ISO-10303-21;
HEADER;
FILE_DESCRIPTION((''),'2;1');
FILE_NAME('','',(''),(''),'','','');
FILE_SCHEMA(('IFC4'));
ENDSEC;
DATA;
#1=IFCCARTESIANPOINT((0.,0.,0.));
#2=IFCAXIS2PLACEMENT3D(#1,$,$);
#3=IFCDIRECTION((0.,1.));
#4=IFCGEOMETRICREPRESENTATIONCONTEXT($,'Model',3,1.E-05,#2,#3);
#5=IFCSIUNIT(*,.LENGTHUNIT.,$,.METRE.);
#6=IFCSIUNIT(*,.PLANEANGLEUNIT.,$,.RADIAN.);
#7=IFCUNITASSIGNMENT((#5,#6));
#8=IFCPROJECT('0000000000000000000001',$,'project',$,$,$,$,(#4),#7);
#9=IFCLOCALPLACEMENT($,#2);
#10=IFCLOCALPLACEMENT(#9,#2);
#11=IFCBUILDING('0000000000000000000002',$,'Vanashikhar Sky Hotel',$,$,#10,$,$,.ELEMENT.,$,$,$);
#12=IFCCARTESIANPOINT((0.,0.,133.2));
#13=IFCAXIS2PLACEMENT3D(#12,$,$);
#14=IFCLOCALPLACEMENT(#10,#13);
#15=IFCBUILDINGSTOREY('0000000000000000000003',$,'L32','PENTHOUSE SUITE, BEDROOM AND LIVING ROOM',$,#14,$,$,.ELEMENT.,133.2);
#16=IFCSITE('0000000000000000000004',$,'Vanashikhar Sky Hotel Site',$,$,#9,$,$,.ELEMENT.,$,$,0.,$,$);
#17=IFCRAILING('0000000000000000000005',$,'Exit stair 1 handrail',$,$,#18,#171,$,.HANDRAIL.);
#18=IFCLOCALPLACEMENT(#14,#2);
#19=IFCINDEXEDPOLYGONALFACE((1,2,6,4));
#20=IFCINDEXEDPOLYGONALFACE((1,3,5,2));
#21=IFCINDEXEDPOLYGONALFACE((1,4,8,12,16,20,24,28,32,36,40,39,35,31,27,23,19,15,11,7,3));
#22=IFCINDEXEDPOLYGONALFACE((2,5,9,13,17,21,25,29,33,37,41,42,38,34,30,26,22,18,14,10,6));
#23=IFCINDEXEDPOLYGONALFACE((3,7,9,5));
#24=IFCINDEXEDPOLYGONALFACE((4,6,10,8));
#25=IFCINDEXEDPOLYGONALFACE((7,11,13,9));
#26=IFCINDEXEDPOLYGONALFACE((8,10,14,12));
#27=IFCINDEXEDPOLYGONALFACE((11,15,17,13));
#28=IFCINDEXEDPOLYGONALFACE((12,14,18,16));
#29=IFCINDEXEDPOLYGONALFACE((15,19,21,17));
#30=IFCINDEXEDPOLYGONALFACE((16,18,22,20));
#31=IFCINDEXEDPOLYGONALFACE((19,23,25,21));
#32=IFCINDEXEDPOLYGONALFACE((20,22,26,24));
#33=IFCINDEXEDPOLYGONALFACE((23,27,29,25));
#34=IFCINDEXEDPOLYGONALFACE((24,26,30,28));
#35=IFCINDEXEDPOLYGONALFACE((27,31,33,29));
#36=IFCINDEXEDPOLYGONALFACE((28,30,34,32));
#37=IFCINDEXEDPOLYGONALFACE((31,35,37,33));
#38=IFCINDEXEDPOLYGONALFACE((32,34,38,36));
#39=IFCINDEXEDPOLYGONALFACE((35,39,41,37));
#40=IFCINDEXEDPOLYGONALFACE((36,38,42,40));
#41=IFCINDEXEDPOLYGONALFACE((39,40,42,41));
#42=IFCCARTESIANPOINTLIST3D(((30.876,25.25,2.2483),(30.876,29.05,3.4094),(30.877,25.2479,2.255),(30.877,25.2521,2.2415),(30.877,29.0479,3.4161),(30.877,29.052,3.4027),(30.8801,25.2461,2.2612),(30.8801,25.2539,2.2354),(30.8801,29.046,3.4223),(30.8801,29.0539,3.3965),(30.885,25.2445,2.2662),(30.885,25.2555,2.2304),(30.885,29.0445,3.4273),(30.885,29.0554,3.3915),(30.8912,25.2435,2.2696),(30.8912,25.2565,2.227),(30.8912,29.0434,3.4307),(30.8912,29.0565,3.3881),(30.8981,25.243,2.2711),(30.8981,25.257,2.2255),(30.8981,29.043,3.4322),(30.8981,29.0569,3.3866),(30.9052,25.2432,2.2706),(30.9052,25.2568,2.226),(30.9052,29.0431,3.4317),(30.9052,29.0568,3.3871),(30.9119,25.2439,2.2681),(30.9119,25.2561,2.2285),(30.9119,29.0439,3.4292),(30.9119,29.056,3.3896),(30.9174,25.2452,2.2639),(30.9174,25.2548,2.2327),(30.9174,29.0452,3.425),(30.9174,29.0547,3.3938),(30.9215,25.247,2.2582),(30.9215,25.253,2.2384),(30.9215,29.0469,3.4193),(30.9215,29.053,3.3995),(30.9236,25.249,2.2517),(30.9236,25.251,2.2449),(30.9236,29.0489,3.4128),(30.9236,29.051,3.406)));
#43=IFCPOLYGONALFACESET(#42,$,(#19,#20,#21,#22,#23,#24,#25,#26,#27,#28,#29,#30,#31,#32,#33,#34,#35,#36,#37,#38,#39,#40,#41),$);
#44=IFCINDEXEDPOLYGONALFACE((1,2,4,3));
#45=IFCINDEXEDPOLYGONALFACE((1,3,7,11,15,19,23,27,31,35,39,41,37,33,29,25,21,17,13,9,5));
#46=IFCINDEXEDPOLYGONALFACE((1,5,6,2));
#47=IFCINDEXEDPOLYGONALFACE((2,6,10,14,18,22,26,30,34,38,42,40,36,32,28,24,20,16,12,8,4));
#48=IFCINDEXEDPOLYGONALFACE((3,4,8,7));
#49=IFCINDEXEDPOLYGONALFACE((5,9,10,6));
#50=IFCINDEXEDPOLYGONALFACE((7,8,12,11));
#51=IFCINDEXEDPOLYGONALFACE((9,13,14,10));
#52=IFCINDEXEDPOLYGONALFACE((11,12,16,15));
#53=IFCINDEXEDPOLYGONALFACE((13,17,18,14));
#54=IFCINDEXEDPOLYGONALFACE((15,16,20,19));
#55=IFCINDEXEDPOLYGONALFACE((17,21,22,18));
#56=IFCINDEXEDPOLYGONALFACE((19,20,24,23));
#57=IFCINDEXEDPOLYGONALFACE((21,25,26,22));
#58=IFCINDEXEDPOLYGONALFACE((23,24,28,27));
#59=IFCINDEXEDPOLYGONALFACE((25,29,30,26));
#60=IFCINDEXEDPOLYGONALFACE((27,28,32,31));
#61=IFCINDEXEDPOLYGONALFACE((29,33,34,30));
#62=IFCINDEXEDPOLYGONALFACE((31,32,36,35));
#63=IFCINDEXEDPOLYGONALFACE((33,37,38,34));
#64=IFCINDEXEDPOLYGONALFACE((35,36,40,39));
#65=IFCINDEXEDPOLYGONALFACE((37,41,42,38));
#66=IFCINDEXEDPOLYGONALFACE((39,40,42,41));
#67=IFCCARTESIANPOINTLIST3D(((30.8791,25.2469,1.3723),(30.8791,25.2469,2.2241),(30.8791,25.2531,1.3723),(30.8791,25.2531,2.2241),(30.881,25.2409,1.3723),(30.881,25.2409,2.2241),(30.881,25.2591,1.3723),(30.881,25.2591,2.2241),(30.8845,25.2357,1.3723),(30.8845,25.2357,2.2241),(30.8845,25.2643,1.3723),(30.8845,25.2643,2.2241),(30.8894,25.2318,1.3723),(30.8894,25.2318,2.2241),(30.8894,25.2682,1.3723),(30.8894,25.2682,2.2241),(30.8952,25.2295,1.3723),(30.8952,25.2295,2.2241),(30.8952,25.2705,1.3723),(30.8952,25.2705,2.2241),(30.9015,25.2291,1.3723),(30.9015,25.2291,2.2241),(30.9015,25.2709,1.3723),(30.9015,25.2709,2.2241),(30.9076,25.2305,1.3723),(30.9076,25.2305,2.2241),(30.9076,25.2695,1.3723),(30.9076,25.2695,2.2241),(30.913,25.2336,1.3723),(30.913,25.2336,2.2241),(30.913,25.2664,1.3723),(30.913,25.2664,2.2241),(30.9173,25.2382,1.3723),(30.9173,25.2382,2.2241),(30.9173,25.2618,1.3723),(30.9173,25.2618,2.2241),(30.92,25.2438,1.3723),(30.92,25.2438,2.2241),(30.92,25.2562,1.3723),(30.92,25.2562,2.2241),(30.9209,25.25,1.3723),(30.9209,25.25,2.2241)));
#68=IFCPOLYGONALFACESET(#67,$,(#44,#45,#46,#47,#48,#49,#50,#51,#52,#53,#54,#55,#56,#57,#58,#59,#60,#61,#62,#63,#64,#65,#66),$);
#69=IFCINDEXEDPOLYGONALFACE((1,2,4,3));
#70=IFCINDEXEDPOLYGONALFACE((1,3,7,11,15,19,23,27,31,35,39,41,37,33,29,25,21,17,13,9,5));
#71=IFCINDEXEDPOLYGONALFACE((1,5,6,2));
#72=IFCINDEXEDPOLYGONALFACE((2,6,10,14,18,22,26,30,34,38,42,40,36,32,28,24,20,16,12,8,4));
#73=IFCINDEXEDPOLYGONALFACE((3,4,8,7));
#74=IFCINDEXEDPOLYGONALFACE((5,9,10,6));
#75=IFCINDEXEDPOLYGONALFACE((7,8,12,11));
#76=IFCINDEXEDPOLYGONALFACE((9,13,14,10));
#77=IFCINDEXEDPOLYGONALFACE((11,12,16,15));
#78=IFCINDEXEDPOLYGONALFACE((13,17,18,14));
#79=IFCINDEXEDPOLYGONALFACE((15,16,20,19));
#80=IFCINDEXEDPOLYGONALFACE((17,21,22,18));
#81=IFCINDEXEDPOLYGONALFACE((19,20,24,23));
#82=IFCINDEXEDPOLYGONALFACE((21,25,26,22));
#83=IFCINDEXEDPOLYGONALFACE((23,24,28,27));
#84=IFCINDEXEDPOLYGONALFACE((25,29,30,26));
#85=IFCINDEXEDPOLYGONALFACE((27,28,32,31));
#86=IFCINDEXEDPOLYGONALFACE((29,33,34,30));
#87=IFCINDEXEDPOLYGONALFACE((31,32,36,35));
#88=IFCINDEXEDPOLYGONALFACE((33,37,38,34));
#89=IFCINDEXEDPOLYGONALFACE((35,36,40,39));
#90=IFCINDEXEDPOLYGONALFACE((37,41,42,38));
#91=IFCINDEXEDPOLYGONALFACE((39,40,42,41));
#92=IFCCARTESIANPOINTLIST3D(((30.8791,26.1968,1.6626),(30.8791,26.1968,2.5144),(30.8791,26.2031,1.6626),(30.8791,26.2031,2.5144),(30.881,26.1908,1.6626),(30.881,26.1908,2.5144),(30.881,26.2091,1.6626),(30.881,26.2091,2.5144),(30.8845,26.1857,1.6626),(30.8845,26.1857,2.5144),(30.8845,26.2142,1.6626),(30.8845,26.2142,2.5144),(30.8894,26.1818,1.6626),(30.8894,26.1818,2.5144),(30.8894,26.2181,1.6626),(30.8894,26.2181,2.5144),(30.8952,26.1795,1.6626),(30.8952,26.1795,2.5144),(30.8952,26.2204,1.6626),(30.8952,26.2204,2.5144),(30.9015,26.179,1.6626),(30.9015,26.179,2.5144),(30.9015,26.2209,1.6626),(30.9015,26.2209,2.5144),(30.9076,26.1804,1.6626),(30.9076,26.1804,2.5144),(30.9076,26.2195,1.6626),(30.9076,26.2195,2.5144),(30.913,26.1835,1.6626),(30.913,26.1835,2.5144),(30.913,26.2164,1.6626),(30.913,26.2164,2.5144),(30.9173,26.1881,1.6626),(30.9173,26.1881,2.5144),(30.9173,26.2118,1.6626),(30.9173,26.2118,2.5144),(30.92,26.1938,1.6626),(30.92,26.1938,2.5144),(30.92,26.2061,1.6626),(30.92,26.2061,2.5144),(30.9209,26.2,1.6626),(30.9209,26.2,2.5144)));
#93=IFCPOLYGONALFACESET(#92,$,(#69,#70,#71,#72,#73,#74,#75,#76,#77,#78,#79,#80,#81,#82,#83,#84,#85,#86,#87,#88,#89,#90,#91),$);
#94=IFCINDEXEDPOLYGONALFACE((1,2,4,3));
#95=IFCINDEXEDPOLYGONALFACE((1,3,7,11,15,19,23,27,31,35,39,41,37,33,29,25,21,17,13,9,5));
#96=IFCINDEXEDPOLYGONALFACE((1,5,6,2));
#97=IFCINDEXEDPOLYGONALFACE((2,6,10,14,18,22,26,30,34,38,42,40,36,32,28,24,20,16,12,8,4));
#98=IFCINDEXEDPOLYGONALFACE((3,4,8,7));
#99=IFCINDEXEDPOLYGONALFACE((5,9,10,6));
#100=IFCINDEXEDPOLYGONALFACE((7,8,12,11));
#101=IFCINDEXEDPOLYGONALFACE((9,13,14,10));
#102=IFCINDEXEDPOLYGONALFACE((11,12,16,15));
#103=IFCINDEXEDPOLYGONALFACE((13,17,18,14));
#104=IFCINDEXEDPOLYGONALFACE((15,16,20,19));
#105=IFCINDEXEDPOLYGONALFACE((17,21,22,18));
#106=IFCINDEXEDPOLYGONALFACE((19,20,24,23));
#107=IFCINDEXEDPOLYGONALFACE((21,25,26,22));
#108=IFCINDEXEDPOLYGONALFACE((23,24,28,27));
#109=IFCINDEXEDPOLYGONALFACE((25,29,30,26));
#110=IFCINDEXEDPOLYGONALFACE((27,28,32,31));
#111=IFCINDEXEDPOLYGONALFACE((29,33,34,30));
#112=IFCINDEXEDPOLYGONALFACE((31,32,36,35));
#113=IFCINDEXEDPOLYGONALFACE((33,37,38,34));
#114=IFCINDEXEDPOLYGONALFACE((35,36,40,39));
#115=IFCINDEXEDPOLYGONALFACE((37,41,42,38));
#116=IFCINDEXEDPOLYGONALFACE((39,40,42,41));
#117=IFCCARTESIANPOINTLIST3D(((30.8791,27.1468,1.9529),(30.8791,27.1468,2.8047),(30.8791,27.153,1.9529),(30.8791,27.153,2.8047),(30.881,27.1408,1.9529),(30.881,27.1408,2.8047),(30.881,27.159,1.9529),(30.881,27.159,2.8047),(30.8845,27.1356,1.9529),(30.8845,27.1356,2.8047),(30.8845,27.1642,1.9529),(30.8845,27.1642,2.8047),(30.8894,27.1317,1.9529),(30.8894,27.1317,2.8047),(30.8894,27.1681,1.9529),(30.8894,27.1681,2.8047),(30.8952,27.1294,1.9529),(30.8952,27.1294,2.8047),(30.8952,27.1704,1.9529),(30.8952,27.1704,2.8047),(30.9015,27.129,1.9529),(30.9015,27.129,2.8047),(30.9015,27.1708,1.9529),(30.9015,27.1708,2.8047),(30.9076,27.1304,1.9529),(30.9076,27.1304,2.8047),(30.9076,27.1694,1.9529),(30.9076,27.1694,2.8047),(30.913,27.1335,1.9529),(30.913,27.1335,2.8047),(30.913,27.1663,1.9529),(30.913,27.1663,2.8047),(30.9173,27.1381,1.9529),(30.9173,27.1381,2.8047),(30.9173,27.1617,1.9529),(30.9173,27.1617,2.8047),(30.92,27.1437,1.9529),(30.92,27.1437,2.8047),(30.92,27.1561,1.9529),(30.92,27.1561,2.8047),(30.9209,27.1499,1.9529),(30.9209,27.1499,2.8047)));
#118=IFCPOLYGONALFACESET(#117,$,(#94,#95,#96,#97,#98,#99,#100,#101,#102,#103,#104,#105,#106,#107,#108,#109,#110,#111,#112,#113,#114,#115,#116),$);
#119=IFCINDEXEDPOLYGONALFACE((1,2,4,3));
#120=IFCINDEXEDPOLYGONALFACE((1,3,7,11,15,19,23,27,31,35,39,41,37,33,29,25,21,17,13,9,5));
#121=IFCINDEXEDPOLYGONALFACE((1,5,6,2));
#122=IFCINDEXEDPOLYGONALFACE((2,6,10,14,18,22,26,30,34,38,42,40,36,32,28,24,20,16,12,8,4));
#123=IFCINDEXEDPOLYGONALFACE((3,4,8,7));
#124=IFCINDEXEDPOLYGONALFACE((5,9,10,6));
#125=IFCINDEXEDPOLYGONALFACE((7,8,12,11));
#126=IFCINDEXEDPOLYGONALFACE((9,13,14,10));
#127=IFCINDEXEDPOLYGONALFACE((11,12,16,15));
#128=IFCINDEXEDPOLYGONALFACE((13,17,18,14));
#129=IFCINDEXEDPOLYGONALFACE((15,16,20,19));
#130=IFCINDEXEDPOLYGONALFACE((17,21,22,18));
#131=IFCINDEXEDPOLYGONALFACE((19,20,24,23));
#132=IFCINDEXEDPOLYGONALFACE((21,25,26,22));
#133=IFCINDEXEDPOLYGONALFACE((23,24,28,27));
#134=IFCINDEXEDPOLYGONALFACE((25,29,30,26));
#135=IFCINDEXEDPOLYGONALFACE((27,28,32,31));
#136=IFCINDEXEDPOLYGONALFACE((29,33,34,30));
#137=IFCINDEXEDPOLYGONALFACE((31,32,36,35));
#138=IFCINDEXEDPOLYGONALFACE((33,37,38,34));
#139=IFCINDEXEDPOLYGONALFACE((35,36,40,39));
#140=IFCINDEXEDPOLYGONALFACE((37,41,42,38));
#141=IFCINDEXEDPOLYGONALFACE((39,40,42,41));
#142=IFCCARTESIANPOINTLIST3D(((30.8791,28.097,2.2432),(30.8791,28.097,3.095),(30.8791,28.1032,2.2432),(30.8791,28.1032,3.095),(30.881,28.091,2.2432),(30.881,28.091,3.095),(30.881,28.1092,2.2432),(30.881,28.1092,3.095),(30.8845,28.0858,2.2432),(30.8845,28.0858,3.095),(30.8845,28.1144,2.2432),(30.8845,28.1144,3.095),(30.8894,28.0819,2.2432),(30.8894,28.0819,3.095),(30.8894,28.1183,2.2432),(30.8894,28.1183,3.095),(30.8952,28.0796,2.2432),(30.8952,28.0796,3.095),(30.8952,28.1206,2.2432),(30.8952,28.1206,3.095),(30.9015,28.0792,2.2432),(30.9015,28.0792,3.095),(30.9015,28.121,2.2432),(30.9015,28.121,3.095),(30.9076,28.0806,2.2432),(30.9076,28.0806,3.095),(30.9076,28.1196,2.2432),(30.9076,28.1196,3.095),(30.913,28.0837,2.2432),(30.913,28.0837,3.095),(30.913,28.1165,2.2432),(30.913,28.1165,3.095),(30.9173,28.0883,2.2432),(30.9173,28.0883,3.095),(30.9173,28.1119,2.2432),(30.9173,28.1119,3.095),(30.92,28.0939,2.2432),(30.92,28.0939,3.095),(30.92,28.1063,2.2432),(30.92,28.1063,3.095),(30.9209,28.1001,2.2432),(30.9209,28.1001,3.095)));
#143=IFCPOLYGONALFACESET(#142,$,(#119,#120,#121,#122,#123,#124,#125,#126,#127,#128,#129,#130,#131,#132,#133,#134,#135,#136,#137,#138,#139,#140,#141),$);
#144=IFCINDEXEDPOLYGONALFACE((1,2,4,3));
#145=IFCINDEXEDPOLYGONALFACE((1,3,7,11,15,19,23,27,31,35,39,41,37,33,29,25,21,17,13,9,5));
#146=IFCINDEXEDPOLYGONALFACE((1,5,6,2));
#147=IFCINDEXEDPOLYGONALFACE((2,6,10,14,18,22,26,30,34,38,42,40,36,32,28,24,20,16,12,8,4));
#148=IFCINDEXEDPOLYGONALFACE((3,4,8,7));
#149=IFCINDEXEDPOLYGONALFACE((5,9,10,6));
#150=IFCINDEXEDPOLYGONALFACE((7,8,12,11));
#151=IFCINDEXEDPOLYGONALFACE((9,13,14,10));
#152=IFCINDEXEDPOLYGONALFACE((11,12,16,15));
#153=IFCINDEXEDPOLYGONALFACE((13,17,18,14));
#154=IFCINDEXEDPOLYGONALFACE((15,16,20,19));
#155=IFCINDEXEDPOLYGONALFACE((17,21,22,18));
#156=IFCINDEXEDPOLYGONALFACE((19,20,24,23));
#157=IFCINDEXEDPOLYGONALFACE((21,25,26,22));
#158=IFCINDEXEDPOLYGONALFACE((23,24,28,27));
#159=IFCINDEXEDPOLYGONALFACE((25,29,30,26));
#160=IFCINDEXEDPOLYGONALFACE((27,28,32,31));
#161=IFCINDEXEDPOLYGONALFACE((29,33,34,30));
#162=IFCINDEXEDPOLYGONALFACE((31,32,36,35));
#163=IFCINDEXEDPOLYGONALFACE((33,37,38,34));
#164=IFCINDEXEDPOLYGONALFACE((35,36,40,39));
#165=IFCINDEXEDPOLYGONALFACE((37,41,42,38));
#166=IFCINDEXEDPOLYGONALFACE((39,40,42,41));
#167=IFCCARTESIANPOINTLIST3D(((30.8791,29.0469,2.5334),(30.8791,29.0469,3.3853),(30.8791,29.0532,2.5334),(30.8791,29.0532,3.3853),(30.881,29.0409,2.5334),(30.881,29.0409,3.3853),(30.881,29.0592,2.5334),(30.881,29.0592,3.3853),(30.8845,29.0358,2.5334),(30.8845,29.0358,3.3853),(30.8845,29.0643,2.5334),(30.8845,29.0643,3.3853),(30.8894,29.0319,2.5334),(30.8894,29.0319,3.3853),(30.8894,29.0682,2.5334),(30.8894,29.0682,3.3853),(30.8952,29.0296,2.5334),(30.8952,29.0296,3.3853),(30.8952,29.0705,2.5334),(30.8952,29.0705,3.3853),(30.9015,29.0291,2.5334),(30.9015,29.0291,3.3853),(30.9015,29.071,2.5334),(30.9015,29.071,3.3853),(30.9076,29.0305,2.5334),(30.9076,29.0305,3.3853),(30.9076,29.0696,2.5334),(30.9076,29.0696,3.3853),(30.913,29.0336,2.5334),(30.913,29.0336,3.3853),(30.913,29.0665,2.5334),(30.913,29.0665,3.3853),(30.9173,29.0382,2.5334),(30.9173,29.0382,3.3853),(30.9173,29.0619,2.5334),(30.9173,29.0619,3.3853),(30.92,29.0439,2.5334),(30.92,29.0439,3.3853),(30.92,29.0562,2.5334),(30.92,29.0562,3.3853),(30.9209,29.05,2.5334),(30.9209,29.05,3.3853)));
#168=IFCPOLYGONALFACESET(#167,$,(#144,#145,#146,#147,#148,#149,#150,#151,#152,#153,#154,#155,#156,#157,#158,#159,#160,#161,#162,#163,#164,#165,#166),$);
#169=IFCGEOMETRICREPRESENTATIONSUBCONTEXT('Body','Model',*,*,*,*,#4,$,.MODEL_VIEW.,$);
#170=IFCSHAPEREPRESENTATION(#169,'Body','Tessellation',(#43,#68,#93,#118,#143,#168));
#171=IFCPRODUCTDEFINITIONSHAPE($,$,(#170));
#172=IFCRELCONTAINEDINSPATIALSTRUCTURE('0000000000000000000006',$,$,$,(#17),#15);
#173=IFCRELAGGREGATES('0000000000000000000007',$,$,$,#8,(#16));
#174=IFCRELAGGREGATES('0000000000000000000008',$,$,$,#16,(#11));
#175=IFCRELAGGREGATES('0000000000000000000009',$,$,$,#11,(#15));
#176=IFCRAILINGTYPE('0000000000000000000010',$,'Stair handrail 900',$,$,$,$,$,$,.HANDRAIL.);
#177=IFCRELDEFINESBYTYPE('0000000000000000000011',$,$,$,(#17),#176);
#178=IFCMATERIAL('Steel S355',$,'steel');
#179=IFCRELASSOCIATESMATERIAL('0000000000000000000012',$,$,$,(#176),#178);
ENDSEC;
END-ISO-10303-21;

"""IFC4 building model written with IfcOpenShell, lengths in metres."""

from ifc_helpers import new_model, si_unit, direction, frame, origin, origin_2d, place, context, subcontext, project, spatial, circle, extrude, source, transform, mapped, material, type_object, element, save


model = new_model("IFC4")

# Units and contexts
model_context = context("Model", 3, precision=1e-05, world=origin(), true_north=direction((0.0, 1.0)))
body_context = subcontext(model_context, "Body", "Model", "MODEL_VIEW")
ifc_project = project(units=[si_unit("LENGTHUNIT", "METRE"), si_unit("PLANEANGLEUNIT", "RADIAN")], contexts=[model_context])

# Site, building, storey
site_placement = place(None, origin())
site = spatial("IfcSite", under=ifc_project, at=site_placement, Name="Vanashikhar Sky Hotel Site", CompositionType="ELEMENT", RefElevation=0.0)
building_placement = place(site_placement, origin())
building = spatial("IfcBuilding", under=site, at=building_placement, Name="Vanashikhar Sky Hotel", CompositionType="ELEMENT")
storey_placement = place(building_placement, frame((0.0, 0.0, 133.2)))
storey = spatial("IfcBuildingStorey", under=building, at=storey_placement, Name="L32", Description="PENTHOUSE SUITE, BEDROOM AND LIVING ROOM", CompositionType="ELEMENT", Elevation=133.2)

# Railing
ifc_material_1 = material(Name="Steel S355", Category="steel")
railing_type_1 = type_object("IfcRailingType", Name="Stair handrail 900", PredefinedType="HANDRAIL", material=ifc_material_1)
shared_shape_1 = source(origin(), body_context, "Body", "SweptSolid", [
    extrude(circle(Radius=0.0239, at=origin_2d()), frame((0.0, 0.0, 0.876), z_axis=(0.0, 0.956351, 0.29222), x_axis=(-1.0, 0.0, 0.0)), (0.0, 0.0, 1.0), 3.9734),
    extrude(circle(Radius=0.021, at=origin_2d()), origin(), (0.0, 0.0, 1.0), 0.8518),
    extrude(circle(Radius=0.021, at=origin_2d()), frame((0.0, 0.95, 0.2903)), (0.0, 0.0, 1.0), 0.8518),
    extrude(circle(Radius=0.021, at=origin_2d()), frame((0.0, 1.8999, 0.5806)), (0.0, 0.0, 1.0), 0.8518),
    extrude(circle(Radius=0.021, at=origin_2d()), frame((0.0, 2.8501, 0.8708)), (0.0, 0.0, 1.0), 0.8518),
    extrude(circle(Radius=0.021, at=origin_2d()), frame((0.0, 3.8, 1.1611)), (0.0, 0.0, 1.0), 0.8518),
])
railing_1_placement = place(storey_placement, frame((30.8999, 25.25, 1.3723)))
element("IfcRailing", 1, at=railing_1_placement, inside=storey, type_object=railing_type_1, Name="Exit stair 1 handrail", PredefinedType="HANDRAIL", context=body_context, shape_type="MappedRepresentation", body=[
    mapped(shared_shape_1, transform((0.0, 0.0, 0.0), scale=1.0)),
])

save(model, "model.ifc")
